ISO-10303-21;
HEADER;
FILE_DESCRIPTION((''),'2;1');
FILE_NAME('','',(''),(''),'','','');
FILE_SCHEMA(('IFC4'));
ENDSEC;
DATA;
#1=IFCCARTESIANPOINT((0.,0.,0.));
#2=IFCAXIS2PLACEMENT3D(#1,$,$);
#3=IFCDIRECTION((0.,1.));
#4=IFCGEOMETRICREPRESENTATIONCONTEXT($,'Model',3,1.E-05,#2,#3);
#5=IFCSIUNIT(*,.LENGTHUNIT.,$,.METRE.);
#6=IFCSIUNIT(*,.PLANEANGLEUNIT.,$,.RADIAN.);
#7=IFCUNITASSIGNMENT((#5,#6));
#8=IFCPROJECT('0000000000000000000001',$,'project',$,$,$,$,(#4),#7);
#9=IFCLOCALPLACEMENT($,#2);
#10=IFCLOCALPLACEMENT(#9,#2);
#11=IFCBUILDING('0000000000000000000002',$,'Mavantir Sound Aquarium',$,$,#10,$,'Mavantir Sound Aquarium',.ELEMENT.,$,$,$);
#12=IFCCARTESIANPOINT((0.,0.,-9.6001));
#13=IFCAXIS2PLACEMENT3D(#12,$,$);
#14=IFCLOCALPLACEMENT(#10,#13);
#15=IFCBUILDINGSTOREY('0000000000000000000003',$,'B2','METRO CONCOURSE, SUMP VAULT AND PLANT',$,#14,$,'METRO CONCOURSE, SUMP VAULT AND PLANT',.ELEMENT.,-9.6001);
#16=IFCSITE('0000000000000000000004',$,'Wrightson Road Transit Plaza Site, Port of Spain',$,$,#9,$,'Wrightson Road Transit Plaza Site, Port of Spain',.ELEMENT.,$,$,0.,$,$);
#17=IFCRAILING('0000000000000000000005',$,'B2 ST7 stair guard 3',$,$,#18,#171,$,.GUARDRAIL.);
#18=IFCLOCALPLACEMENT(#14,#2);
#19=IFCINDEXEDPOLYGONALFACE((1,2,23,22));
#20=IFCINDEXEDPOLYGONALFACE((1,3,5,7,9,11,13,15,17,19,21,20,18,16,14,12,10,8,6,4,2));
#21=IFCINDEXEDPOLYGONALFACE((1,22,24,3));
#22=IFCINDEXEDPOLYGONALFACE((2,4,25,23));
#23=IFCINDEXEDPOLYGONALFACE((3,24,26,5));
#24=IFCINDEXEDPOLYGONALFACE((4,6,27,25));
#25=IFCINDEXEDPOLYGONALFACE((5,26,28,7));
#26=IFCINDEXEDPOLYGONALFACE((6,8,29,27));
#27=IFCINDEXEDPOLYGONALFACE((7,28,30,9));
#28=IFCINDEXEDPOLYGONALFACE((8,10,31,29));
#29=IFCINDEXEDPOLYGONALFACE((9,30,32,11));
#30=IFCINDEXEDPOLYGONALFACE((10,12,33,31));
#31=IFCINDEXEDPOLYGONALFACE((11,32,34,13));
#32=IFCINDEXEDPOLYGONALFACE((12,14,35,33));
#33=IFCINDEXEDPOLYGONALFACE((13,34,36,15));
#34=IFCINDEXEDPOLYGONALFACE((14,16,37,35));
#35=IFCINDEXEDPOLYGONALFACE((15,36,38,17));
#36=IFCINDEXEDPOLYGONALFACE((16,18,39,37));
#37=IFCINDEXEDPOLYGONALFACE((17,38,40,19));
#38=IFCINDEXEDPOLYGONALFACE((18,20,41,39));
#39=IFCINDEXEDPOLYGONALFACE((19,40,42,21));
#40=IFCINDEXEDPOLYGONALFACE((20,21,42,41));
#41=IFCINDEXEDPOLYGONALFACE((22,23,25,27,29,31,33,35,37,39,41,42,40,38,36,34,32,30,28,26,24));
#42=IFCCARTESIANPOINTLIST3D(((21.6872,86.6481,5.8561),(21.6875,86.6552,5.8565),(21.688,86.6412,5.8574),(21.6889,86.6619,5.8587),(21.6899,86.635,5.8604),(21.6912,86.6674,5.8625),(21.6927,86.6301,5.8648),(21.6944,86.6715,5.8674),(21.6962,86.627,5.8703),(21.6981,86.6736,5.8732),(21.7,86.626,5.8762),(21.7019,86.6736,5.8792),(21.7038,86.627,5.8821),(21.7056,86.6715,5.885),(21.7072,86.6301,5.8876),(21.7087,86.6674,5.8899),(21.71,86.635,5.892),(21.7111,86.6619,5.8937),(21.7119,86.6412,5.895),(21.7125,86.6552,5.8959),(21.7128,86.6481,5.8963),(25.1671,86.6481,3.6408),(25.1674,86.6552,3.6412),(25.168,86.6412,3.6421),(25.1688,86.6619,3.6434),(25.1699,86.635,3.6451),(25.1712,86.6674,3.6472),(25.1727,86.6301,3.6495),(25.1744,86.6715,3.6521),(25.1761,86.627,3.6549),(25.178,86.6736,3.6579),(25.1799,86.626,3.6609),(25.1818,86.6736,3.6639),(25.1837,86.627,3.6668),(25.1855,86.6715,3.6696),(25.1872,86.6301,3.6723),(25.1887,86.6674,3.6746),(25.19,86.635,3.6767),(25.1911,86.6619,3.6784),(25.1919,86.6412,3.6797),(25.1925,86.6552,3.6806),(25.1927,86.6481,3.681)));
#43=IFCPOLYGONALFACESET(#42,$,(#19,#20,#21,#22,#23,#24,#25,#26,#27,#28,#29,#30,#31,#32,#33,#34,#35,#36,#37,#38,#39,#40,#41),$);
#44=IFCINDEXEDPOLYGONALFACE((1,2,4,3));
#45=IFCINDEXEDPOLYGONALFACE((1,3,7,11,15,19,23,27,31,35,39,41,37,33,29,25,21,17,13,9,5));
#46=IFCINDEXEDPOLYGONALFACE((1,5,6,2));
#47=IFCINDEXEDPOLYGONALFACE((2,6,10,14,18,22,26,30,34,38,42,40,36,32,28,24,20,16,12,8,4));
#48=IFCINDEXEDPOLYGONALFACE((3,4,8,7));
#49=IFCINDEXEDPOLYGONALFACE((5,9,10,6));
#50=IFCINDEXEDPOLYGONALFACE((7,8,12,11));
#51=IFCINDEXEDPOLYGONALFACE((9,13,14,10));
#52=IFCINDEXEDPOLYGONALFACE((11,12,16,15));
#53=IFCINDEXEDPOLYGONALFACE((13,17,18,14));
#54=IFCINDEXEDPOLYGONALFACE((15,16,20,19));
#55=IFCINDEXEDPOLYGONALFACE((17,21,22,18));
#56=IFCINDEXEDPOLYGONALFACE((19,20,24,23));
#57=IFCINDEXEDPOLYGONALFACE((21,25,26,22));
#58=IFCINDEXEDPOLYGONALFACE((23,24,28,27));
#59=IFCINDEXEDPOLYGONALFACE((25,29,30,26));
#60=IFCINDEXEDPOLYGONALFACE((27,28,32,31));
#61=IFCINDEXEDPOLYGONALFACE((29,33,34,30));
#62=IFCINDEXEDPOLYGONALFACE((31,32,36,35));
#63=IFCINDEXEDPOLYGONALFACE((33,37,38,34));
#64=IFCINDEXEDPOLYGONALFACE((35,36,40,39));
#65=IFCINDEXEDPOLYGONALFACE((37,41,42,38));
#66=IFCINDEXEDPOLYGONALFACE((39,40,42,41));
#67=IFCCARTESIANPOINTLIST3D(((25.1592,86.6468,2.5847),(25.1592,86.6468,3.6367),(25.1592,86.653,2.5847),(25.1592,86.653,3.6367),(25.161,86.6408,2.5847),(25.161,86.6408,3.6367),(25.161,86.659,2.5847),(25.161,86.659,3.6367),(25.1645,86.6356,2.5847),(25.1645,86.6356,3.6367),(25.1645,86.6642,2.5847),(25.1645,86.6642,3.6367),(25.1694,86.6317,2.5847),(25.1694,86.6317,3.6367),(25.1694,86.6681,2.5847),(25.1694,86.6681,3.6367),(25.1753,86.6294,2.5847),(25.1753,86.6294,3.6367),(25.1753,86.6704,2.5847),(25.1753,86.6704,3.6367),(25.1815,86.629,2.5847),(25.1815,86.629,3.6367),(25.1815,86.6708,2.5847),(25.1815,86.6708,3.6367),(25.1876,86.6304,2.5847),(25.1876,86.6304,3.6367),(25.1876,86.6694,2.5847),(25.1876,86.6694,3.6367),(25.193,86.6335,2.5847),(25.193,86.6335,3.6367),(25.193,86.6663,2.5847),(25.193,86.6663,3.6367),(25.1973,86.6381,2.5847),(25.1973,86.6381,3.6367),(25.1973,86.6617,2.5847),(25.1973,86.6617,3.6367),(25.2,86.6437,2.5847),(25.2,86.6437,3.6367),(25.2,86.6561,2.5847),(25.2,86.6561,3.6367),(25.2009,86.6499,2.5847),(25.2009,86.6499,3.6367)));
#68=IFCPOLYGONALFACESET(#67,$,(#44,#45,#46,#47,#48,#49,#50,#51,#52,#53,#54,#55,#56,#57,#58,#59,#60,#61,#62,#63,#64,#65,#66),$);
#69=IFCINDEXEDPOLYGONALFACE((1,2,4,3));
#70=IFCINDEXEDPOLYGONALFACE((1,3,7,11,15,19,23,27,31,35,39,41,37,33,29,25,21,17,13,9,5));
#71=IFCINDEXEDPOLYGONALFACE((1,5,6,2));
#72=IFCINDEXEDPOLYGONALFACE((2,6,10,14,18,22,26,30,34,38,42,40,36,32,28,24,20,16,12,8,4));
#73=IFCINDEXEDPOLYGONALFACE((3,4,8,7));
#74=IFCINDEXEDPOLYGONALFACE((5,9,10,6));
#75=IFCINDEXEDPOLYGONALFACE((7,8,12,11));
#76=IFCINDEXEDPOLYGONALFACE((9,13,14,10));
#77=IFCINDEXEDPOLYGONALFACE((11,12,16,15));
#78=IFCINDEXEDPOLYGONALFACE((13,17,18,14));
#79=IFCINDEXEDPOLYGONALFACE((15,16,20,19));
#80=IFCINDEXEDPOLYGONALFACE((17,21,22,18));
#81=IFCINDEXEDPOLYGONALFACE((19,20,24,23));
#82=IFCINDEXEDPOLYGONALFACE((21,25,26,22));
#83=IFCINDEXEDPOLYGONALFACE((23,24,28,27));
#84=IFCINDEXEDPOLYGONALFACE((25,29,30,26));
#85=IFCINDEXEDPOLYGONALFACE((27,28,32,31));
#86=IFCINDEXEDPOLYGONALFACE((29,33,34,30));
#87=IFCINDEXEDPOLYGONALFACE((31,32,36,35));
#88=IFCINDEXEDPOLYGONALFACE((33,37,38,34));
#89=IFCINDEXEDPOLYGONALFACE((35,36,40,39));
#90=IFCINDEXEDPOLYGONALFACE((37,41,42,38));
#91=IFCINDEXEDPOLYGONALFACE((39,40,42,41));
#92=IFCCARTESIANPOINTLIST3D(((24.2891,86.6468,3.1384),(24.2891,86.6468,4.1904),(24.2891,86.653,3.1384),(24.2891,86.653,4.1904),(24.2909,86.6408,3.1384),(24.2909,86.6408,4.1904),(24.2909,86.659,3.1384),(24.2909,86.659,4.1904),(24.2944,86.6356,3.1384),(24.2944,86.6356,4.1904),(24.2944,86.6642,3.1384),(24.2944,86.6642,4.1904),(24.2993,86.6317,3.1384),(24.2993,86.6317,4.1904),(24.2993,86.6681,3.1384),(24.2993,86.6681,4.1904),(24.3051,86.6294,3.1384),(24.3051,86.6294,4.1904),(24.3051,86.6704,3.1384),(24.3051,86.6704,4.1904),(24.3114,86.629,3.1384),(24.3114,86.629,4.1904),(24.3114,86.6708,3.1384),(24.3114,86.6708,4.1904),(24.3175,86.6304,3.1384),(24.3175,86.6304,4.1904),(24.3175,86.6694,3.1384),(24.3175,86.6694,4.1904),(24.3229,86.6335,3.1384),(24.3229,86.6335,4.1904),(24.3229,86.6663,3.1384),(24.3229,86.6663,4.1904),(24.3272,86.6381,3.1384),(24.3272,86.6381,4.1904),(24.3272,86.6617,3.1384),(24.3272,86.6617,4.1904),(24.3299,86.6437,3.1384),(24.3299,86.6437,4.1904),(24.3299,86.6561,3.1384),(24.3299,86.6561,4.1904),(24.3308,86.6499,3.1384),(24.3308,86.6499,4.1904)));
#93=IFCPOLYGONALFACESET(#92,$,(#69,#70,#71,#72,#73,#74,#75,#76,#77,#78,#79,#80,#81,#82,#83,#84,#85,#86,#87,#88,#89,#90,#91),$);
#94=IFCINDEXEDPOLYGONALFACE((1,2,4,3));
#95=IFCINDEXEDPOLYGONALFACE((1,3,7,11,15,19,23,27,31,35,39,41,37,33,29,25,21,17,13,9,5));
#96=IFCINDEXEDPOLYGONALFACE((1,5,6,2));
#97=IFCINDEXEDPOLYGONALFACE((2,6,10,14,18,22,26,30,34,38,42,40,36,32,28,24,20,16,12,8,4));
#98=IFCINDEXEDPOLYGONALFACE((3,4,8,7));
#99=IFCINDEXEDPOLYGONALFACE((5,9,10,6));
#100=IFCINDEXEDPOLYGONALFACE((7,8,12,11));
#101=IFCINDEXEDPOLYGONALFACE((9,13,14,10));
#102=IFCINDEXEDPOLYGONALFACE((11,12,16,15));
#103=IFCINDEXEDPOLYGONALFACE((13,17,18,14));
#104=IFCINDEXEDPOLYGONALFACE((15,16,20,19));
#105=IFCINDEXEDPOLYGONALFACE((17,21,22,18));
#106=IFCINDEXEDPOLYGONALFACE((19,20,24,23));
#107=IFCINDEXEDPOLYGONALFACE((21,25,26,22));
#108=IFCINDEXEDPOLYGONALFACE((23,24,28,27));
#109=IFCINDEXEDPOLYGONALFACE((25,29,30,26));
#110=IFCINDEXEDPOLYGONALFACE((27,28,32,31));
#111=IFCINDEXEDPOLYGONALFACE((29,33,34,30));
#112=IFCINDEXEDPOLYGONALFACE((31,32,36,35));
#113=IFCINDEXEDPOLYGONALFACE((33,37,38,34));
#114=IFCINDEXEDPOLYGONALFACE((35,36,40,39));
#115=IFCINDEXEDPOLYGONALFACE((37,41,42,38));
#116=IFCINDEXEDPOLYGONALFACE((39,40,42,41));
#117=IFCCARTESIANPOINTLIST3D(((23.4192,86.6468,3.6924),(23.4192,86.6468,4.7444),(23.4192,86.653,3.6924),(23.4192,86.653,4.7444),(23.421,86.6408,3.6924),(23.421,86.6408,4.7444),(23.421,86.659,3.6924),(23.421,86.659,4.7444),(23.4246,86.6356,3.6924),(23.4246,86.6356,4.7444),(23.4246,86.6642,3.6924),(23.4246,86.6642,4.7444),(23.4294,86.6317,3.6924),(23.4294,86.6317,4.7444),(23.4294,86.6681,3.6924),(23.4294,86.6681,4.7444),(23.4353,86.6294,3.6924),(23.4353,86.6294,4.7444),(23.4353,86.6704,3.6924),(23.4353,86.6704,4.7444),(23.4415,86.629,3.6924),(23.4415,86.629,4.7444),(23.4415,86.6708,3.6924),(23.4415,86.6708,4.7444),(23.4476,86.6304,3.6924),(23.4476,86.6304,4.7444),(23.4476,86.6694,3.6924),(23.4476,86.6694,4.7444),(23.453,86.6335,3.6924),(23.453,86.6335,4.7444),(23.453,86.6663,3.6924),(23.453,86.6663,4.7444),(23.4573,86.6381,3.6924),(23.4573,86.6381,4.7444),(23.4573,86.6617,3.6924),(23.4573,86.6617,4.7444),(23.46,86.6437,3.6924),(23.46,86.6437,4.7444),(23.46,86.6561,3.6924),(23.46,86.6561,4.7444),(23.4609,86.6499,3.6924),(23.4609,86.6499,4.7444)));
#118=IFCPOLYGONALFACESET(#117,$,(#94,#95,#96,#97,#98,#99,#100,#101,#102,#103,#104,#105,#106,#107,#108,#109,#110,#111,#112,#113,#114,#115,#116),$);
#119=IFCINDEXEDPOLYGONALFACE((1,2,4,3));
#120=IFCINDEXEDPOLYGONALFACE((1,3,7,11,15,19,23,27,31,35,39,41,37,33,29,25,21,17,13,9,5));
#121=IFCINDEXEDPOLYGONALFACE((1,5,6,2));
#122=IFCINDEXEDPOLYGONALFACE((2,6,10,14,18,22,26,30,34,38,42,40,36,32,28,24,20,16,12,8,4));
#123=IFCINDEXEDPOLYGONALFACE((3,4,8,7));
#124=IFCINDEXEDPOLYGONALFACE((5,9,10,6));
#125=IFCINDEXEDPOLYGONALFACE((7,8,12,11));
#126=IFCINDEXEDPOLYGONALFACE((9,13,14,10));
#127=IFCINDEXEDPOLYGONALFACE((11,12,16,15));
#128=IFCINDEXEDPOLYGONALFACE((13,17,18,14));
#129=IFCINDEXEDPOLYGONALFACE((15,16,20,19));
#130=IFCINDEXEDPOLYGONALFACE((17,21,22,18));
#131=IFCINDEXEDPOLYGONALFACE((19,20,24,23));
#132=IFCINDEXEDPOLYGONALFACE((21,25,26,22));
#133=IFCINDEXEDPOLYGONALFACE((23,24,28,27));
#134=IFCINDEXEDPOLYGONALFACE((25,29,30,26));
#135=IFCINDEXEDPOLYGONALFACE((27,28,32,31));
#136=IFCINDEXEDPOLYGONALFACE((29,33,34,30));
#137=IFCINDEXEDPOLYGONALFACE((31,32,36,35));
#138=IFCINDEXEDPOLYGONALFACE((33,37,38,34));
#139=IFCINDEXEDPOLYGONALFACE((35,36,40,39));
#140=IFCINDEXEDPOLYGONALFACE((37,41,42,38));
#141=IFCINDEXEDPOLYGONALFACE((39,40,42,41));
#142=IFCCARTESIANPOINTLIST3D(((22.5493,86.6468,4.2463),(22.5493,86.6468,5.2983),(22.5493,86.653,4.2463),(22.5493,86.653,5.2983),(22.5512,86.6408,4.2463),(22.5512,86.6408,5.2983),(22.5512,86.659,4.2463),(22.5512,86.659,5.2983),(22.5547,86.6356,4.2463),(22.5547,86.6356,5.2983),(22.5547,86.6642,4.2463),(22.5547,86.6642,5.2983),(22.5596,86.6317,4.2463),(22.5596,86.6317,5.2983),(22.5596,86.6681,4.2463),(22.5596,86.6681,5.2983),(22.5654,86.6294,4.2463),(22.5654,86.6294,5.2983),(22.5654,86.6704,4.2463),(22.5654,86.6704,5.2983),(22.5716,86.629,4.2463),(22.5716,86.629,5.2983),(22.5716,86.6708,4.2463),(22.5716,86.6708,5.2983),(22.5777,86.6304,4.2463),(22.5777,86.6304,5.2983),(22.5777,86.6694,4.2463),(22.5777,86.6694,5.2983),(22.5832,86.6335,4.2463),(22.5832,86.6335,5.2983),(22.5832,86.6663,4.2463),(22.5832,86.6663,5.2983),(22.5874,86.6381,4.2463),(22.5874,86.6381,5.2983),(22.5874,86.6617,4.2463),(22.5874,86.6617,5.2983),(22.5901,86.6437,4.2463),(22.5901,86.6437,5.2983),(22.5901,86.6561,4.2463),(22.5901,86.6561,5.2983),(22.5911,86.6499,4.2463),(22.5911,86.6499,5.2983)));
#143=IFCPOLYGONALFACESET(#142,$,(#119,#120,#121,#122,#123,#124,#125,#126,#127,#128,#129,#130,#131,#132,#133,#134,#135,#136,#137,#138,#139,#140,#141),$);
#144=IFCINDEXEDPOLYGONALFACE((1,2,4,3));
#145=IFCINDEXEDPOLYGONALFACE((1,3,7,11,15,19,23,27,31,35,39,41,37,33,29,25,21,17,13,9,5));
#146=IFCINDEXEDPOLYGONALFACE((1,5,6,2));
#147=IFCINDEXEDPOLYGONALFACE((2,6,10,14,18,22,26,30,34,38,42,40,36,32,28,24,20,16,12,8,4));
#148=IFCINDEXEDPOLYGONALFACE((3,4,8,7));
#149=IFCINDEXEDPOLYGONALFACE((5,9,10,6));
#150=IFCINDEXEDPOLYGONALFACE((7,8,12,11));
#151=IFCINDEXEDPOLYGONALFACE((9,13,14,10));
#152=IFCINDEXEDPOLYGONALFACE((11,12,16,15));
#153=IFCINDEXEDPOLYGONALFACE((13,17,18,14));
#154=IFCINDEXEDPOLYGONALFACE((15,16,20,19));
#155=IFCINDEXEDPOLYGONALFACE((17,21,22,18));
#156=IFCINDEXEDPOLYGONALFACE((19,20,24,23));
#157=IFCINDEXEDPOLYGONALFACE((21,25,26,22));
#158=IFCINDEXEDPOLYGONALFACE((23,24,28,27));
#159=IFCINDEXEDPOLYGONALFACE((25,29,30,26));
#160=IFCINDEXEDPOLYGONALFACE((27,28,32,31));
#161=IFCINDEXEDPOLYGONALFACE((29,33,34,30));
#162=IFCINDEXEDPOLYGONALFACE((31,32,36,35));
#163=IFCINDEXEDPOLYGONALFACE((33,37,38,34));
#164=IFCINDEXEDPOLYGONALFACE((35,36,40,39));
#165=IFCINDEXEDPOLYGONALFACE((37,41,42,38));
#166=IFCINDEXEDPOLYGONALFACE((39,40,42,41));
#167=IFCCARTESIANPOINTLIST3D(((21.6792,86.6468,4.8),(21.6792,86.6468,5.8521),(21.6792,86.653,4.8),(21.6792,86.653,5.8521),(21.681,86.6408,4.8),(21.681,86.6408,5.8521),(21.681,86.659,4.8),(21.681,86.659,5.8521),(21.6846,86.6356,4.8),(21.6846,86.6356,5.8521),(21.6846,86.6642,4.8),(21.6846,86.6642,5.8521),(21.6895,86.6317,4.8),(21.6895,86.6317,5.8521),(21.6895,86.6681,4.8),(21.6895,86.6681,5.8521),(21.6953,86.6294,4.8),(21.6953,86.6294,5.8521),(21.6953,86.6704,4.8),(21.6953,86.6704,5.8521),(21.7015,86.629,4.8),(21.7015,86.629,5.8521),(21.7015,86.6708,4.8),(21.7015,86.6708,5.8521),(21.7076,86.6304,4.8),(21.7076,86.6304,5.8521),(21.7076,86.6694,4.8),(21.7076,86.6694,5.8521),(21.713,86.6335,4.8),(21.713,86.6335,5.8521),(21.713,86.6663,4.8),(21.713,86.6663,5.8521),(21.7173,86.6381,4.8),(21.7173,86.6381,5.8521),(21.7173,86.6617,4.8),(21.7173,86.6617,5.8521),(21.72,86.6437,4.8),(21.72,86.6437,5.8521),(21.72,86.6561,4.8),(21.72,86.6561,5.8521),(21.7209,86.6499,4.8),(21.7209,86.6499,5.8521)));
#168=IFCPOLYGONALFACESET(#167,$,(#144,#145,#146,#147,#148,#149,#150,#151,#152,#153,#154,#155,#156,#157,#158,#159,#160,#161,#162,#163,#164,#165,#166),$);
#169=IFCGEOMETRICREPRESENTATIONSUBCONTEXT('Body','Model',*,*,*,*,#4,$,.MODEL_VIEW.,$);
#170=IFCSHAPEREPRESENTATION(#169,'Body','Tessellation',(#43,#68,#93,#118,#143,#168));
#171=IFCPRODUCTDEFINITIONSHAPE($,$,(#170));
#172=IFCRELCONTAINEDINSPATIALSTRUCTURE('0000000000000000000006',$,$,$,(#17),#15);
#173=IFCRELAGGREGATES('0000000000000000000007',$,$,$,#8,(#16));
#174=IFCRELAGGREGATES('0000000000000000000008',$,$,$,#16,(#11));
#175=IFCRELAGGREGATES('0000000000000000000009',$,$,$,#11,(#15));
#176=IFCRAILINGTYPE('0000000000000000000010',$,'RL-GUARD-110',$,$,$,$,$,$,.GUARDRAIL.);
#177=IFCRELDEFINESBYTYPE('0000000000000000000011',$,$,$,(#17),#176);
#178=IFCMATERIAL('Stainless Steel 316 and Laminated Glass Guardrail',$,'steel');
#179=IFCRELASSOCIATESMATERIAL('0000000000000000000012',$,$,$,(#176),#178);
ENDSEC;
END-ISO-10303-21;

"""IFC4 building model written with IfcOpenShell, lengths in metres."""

from ifc_helpers import new_model, si_unit, direction, frame, origin, origin_2d, place, context, subcontext, project, spatial, circle, extrude, material, type_object, element, save


model = new_model("IFC4")

# Units and contexts
model_context = context("Model", 3, precision=1e-05, world=origin(), true_north=direction((0.0, 1.0)))
body_context = subcontext(model_context, "Body", "Model", "MODEL_VIEW")
ifc_project = project(units=[si_unit("LENGTHUNIT", "METRE"), si_unit("PLANEANGLEUNIT", "RADIAN")], contexts=[model_context])

# Site, building, storey
site_placement = place(None, origin())
site = spatial("IfcSite", under=ifc_project, at=site_placement, Name="Wrightson Road Transit Plaza Site, Port of Spain", LongName="Wrightson Road Transit Plaza Site, Port of Spain", CompositionType="ELEMENT", RefElevation=0.0)
building_placement = place(site_placement, origin())
building = spatial("IfcBuilding", under=site, at=building_placement, Name="Mavantir Sound Aquarium", LongName="Mavantir Sound Aquarium", CompositionType="ELEMENT")
storey_placement = place(building_placement, frame((0.0, 0.0, -9.6001)))
storey = spatial("IfcBuildingStorey", under=building, at=storey_placement, Name="B2", Description="METRO CONCOURSE, SUMP VAULT AND PLANT", LongName="METRO CONCOURSE, SUMP VAULT AND PLANT", CompositionType="ELEMENT", Elevation=-9.6001)

# Railing
ifc_material_1 = material(Name="Stainless Steel 316 and Laminated Glass Guardrail", Category="steel")
railing_type_1 = type_object("IfcRailingType", Name="RL-GUARD-110", PredefinedType="GUARDRAIL", material=ifc_material_1)
railing_1_placement = place(storey_placement, frame((25.1799, 86.6499, 2.5847)))
element("IfcRailing", 1, at=railing_1_placement, inside=storey, type_object=railing_type_1, Name="B2 ST7 stair guard 3", PredefinedType="GUARDRAIL", context=body_context, shape_type="SweptSolid", body=[
    extrude(circle(Radius=0.0239, at=origin_2d()), frame((0.0, 0.0, 1.0762), z_axis=(-0.843574, 0.0, 0.537013), x_axis=(0.0, -1.0, 0.0)), (0.0, 0.0, 1.0), 4.1252),
    extrude(circle(Radius=0.021, at=origin_2d()), origin(), (0.0, 0.0, 1.0), 1.052),
    extrude(circle(Radius=0.021, at=origin_2d()), frame((-0.8701, 0.0, 0.5537)), (0.0, 0.0, 1.0), 1.052),
    extrude(circle(Radius=0.021, at=origin_2d()), frame((-1.74, 0.0, 1.1077)), (0.0, 0.0, 1.0), 1.052),
    extrude(circle(Radius=0.021, at=origin_2d()), frame((-2.6099, 0.0, 1.6616)), (0.0, 0.0, 1.0), 1.052),
    extrude(circle(Radius=0.021, at=origin_2d()), frame((-3.48, 0.0, 2.2153)), (0.0, 0.0, 1.0), 1.052),
])

save(model, "model.ifc")
